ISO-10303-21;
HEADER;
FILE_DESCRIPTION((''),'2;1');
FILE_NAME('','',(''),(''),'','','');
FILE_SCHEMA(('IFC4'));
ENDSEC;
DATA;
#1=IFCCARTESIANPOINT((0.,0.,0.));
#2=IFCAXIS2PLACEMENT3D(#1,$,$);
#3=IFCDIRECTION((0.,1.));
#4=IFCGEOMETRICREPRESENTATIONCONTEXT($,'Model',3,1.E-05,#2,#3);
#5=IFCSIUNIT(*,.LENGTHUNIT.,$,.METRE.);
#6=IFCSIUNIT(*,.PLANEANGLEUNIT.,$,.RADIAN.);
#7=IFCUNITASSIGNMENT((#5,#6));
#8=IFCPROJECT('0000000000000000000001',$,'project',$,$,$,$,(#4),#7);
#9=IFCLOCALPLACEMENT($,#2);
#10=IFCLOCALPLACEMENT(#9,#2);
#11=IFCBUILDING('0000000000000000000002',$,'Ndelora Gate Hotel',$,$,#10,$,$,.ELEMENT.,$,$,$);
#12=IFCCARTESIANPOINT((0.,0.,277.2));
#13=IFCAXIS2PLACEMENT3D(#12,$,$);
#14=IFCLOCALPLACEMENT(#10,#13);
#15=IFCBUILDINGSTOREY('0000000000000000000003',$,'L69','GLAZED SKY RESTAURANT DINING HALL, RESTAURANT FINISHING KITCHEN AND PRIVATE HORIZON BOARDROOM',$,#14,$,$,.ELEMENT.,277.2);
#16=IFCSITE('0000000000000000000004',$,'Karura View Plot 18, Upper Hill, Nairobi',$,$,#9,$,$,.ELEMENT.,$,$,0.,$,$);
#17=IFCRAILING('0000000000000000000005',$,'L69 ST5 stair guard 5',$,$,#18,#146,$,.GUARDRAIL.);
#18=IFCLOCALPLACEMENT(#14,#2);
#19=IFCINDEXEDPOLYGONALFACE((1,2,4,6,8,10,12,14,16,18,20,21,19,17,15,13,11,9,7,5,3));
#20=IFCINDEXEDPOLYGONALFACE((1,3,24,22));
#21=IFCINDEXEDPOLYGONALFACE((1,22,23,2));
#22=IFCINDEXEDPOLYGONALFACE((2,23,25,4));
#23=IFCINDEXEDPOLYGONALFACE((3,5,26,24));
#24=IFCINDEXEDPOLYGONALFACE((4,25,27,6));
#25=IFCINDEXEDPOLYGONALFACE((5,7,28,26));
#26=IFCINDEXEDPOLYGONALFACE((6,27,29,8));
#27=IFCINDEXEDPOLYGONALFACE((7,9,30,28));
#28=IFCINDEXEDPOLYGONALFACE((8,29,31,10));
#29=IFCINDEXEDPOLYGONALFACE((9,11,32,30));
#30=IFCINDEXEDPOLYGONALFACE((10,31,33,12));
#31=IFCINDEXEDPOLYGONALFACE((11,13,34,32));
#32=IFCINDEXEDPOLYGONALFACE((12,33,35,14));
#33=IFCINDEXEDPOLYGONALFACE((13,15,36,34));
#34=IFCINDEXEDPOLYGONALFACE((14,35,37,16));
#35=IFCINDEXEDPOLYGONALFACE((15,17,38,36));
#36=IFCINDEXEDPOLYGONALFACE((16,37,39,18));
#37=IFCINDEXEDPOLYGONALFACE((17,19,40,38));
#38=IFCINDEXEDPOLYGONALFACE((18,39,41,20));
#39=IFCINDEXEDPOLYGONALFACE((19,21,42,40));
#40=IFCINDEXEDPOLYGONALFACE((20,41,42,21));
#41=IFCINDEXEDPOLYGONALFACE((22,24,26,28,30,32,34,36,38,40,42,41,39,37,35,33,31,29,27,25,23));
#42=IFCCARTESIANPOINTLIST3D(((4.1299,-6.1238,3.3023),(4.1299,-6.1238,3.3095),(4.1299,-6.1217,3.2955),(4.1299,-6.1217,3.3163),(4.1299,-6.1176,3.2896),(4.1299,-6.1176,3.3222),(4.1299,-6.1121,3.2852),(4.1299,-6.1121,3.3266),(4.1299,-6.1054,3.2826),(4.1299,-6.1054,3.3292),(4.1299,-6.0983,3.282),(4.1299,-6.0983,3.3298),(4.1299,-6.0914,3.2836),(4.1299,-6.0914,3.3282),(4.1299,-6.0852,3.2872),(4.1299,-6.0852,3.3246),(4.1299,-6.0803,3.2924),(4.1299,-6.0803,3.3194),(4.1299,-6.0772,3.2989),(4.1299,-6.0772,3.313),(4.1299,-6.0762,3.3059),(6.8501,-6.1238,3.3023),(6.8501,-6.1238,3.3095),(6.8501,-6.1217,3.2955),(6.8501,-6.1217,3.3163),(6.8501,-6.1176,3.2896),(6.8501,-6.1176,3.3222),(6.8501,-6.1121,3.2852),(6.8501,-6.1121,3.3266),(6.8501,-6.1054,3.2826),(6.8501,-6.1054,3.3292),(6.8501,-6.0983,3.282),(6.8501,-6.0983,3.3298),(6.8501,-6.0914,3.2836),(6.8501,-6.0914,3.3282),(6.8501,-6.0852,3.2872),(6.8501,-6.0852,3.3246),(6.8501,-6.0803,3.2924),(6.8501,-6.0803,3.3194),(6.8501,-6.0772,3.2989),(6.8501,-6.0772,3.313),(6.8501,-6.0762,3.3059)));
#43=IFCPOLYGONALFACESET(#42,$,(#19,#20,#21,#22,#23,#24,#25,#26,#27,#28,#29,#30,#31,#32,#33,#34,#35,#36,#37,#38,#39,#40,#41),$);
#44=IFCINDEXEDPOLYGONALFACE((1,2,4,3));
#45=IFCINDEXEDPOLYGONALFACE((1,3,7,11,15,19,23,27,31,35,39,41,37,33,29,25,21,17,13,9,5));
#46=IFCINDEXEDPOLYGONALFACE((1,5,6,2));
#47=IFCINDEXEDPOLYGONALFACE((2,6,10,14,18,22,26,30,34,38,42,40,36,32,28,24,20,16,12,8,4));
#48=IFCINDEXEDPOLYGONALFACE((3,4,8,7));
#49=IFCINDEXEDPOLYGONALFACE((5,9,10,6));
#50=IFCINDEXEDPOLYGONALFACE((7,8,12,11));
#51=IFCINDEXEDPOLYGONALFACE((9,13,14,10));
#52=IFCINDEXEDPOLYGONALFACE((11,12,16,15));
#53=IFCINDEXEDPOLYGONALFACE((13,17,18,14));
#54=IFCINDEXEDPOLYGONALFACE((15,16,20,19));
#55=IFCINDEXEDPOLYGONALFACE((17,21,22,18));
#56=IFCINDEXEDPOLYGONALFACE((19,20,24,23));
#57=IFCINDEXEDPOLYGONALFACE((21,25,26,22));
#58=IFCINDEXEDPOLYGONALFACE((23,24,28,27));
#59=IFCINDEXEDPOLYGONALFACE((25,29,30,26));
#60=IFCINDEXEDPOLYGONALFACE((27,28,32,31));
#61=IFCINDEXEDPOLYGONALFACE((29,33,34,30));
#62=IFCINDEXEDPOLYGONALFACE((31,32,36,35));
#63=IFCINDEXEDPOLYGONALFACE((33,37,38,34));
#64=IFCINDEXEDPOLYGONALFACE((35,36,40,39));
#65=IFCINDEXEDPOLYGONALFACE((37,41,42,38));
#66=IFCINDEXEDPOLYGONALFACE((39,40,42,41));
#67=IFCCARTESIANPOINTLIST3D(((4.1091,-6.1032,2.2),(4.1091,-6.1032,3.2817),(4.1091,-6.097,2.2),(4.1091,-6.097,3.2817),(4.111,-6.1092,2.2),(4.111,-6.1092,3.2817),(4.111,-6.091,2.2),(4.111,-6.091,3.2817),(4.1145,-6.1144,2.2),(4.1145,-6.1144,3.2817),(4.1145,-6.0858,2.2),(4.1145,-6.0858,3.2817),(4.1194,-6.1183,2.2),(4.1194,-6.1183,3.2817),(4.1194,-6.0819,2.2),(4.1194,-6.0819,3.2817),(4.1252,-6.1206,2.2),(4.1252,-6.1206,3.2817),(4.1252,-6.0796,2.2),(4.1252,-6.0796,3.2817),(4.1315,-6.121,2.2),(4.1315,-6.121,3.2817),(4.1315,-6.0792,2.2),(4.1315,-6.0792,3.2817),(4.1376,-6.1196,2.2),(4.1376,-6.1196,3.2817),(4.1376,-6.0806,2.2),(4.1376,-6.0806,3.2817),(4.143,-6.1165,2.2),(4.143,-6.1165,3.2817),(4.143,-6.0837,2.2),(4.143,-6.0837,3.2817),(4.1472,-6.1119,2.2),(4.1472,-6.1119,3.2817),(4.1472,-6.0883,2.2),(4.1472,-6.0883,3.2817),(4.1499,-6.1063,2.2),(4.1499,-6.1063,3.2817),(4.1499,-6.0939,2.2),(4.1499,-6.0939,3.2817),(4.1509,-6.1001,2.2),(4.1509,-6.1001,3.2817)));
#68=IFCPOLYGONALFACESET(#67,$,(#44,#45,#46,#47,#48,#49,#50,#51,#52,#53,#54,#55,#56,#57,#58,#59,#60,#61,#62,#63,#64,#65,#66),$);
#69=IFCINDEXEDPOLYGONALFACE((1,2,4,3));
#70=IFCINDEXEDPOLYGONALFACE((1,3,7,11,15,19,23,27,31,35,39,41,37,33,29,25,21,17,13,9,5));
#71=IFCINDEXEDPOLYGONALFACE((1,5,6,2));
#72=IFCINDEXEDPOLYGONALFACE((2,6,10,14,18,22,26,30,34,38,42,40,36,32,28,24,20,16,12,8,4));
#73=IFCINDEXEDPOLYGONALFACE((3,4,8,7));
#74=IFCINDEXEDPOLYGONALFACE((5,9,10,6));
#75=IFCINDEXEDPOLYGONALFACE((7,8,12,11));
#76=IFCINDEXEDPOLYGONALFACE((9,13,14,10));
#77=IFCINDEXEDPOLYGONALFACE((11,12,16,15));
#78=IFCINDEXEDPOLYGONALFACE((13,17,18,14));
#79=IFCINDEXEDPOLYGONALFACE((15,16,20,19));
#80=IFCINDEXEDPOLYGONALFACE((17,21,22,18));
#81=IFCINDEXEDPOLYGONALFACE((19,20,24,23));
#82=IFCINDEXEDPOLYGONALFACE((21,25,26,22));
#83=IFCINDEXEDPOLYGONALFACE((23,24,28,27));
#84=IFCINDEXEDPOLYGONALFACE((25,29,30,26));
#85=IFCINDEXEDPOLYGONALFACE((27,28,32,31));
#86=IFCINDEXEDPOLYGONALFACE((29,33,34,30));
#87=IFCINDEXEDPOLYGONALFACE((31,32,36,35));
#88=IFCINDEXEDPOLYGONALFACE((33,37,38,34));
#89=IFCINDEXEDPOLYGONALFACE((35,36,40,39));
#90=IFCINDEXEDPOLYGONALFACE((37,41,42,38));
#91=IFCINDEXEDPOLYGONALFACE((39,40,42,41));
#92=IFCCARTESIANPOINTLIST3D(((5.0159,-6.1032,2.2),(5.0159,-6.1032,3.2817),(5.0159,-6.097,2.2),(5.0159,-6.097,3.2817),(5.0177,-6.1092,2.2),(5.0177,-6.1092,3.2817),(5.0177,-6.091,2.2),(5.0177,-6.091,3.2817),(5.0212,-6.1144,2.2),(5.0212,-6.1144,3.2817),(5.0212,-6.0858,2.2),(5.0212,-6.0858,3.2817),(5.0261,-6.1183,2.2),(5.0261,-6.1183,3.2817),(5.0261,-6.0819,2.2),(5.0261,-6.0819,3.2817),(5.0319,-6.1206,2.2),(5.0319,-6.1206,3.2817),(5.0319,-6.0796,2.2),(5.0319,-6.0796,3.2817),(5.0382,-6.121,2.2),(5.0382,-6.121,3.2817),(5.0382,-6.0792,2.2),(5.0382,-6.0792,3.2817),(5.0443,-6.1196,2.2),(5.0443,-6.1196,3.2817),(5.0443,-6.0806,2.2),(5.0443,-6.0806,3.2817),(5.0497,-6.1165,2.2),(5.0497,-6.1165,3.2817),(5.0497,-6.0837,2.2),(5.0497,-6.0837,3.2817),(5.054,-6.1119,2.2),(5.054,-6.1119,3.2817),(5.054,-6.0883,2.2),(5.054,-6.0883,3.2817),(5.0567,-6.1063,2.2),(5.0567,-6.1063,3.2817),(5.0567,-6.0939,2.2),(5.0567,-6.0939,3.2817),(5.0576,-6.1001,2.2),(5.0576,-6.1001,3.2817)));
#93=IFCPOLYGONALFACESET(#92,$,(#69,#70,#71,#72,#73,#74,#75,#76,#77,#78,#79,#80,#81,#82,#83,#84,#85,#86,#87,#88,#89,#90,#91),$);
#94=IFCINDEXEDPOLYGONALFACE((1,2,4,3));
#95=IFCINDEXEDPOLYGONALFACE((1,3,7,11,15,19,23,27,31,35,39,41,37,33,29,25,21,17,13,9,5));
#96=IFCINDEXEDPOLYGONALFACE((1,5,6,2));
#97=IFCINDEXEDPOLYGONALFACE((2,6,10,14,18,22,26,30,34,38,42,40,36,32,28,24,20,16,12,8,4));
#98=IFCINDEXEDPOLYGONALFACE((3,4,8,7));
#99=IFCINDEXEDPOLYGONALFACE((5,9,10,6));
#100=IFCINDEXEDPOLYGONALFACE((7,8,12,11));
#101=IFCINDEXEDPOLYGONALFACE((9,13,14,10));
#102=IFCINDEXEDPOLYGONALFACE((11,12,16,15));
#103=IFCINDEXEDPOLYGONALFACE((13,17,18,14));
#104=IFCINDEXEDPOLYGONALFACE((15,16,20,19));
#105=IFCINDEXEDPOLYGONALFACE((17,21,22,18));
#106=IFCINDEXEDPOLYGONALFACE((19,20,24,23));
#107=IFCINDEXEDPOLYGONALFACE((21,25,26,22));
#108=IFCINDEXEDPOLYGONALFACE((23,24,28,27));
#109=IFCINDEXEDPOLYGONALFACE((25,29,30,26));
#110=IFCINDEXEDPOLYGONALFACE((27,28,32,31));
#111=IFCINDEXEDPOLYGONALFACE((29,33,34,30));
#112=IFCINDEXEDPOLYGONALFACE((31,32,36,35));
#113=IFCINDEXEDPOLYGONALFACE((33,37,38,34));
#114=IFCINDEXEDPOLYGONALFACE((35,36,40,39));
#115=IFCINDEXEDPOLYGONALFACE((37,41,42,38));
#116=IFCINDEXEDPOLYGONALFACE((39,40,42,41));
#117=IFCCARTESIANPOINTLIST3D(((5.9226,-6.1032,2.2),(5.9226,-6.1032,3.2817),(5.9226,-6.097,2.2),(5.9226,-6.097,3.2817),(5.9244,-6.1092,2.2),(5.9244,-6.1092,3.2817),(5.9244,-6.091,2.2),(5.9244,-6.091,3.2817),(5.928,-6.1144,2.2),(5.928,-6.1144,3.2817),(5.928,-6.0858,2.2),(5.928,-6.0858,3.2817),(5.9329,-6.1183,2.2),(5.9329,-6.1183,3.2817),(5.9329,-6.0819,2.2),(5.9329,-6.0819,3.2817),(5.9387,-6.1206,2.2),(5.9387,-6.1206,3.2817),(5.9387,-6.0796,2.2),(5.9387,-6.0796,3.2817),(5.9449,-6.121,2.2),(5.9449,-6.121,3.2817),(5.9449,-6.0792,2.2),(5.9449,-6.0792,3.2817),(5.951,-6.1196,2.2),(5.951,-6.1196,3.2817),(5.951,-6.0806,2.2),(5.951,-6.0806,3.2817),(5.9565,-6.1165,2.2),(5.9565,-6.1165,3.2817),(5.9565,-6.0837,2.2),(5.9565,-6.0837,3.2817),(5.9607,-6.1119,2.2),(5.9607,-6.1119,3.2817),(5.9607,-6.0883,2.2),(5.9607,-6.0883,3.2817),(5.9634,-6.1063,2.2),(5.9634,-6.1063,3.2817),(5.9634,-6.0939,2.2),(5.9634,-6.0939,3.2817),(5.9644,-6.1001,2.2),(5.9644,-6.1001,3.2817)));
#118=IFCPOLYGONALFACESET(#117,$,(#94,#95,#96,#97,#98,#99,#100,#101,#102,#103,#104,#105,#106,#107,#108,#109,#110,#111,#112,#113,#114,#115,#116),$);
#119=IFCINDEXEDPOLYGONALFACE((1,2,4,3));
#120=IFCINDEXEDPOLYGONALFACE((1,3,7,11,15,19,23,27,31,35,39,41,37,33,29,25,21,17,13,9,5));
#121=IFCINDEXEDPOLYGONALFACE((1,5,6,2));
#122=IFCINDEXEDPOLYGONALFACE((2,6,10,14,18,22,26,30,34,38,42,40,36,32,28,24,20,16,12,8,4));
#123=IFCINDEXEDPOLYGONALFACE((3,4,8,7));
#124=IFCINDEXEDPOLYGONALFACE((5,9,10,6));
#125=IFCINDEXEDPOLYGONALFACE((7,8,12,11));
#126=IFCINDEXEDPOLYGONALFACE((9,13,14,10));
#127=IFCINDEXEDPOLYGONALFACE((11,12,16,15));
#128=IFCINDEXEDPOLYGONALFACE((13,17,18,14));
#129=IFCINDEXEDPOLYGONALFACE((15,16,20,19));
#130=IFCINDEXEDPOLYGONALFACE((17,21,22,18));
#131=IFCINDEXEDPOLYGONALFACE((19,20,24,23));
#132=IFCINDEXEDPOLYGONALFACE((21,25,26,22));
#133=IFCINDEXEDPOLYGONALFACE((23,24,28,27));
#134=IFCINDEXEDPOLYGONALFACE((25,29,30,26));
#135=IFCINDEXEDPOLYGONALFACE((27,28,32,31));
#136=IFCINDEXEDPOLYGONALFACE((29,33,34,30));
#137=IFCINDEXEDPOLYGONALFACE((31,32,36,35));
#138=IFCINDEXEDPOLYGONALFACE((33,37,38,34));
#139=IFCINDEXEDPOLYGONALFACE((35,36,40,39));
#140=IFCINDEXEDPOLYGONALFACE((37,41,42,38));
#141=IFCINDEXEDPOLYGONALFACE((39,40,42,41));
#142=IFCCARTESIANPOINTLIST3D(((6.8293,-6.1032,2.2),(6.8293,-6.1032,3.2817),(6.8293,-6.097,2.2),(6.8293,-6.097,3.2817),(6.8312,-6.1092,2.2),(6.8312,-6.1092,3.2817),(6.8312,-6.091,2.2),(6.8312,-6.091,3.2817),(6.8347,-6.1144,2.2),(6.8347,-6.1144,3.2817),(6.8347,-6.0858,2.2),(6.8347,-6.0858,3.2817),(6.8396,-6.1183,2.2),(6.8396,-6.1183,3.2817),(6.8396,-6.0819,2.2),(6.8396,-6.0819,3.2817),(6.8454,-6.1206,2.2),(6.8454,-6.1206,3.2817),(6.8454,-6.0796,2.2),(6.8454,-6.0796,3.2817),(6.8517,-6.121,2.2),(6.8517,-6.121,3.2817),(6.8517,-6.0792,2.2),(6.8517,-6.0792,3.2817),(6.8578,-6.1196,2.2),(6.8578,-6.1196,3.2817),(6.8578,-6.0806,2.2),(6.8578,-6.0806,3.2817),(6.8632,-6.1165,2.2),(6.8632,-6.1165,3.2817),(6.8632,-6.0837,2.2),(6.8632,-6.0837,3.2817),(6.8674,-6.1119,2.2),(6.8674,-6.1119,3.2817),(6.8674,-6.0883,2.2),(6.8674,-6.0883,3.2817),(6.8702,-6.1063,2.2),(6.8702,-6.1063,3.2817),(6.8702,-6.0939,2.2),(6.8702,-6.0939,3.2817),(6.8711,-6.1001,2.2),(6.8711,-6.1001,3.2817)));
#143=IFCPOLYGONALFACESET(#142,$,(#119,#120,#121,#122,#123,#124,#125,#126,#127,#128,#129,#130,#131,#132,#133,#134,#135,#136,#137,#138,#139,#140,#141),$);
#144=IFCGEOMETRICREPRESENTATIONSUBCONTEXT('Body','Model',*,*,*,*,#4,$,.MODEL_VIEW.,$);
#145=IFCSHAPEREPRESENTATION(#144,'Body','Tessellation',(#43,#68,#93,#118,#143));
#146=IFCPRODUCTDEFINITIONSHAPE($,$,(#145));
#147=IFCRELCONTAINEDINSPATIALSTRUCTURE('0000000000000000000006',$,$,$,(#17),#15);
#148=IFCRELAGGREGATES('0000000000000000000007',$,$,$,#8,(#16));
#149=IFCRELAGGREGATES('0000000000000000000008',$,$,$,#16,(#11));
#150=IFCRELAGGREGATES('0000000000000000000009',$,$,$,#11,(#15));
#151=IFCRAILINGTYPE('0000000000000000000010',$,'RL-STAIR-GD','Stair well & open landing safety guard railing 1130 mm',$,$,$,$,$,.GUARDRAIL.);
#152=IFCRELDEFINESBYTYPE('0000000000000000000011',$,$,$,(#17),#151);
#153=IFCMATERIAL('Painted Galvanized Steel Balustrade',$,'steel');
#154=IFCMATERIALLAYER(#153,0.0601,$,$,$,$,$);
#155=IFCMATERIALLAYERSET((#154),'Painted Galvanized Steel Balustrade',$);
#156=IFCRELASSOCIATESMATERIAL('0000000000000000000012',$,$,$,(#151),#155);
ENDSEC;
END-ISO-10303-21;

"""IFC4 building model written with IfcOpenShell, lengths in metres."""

from ifc_helpers import new_model, si_unit, direction, frame, origin, origin_2d, place, context, subcontext, project, spatial, circle, extrude, material, layer, layer_set, type_object, element, save


model = new_model("IFC4")

# Units and contexts
model_context = context("Model", 3, precision=1e-05, world=origin(), true_north=direction((0.0, 1.0)))
body_context = subcontext(model_context, "Body", "Model", "MODEL_VIEW")
ifc_project = project(units=[si_unit("LENGTHUNIT", "METRE"), si_unit("PLANEANGLEUNIT", "RADIAN")], contexts=[model_context])

# Site, building, storey
site_placement = place(None, origin())
site = spatial("IfcSite", under=ifc_project, at=site_placement, Name="Karura View Plot 18, Upper Hill, Nairobi", CompositionType="ELEMENT", RefElevation=0.0)
building_placement = place(site_placement, origin())
building = spatial("IfcBuilding", under=site, at=building_placement, Name="Ndelora Gate Hotel", CompositionType="ELEMENT")
storey_placement = place(building_placement, frame((0.0, 0.0, 277.2)))
storey = spatial("IfcBuildingStorey", under=building, at=storey_placement, Name="L69", Description="GLAZED SKY RESTAURANT DINING HALL, RESTAURANT FINISHING KITCHEN AND PRIVATE HORIZON BOARDROOM", CompositionType="ELEMENT", Elevation=277.2)

# Railing
ifc_material_1 = material(Name="Painted Galvanized Steel Balustrade", Category="steel")
ifc_layer_1 = layer(ifc_material_1, 0.0601)
ifc_layer_set_1 = layer_set([ifc_layer_1], Name="Painted Galvanized Steel Balustrade")
railing_type_1 = type_object("IfcRailingType", Name="RL-STAIR-GD", Description="Stair well & open landing safety guard railing 1130 mm", PredefinedType="GUARDRAIL", material=ifc_layer_set_1)
railing_1_placement = place(storey_placement, frame((4.1299, -6.1001, 2.2)))
element("IfcRailing", 1, at=railing_1_placement, inside=storey, type_object=railing_type_1, Name="L69 ST5 stair guard 5", PredefinedType="GUARDRAIL", context=body_context, shape_type="SweptSolid", body=[
    extrude(circle(Radius=0.0239, at=origin_2d()), frame((0.0, 0.0, 1.106), z_axis=(1.0, 0.0, 0.0), x_axis=(0.0, 1.0, 0.0)), (0.0, 0.0, 1.0), 2.7202),
    extrude(circle(Radius=0.021, at=origin_2d()), origin(), (0.0, 0.0, 1.0), 1.0818),
    extrude(circle(Radius=0.021, at=origin_2d()), frame((0.9067, 0.0, 0.0)), (0.0, 0.0, 1.0), 1.0818),
    extrude(circle(Radius=0.021, at=origin_2d()), frame((1.8135, 0.0, 0.0)), (0.0, 0.0, 1.0), 1.0818),
    extrude(circle(Radius=0.021, at=origin_2d()), frame((2.7202, 0.0, 0.0)), (0.0, 0.0, 1.0), 1.0818),
])

save(model, "model.ifc")
